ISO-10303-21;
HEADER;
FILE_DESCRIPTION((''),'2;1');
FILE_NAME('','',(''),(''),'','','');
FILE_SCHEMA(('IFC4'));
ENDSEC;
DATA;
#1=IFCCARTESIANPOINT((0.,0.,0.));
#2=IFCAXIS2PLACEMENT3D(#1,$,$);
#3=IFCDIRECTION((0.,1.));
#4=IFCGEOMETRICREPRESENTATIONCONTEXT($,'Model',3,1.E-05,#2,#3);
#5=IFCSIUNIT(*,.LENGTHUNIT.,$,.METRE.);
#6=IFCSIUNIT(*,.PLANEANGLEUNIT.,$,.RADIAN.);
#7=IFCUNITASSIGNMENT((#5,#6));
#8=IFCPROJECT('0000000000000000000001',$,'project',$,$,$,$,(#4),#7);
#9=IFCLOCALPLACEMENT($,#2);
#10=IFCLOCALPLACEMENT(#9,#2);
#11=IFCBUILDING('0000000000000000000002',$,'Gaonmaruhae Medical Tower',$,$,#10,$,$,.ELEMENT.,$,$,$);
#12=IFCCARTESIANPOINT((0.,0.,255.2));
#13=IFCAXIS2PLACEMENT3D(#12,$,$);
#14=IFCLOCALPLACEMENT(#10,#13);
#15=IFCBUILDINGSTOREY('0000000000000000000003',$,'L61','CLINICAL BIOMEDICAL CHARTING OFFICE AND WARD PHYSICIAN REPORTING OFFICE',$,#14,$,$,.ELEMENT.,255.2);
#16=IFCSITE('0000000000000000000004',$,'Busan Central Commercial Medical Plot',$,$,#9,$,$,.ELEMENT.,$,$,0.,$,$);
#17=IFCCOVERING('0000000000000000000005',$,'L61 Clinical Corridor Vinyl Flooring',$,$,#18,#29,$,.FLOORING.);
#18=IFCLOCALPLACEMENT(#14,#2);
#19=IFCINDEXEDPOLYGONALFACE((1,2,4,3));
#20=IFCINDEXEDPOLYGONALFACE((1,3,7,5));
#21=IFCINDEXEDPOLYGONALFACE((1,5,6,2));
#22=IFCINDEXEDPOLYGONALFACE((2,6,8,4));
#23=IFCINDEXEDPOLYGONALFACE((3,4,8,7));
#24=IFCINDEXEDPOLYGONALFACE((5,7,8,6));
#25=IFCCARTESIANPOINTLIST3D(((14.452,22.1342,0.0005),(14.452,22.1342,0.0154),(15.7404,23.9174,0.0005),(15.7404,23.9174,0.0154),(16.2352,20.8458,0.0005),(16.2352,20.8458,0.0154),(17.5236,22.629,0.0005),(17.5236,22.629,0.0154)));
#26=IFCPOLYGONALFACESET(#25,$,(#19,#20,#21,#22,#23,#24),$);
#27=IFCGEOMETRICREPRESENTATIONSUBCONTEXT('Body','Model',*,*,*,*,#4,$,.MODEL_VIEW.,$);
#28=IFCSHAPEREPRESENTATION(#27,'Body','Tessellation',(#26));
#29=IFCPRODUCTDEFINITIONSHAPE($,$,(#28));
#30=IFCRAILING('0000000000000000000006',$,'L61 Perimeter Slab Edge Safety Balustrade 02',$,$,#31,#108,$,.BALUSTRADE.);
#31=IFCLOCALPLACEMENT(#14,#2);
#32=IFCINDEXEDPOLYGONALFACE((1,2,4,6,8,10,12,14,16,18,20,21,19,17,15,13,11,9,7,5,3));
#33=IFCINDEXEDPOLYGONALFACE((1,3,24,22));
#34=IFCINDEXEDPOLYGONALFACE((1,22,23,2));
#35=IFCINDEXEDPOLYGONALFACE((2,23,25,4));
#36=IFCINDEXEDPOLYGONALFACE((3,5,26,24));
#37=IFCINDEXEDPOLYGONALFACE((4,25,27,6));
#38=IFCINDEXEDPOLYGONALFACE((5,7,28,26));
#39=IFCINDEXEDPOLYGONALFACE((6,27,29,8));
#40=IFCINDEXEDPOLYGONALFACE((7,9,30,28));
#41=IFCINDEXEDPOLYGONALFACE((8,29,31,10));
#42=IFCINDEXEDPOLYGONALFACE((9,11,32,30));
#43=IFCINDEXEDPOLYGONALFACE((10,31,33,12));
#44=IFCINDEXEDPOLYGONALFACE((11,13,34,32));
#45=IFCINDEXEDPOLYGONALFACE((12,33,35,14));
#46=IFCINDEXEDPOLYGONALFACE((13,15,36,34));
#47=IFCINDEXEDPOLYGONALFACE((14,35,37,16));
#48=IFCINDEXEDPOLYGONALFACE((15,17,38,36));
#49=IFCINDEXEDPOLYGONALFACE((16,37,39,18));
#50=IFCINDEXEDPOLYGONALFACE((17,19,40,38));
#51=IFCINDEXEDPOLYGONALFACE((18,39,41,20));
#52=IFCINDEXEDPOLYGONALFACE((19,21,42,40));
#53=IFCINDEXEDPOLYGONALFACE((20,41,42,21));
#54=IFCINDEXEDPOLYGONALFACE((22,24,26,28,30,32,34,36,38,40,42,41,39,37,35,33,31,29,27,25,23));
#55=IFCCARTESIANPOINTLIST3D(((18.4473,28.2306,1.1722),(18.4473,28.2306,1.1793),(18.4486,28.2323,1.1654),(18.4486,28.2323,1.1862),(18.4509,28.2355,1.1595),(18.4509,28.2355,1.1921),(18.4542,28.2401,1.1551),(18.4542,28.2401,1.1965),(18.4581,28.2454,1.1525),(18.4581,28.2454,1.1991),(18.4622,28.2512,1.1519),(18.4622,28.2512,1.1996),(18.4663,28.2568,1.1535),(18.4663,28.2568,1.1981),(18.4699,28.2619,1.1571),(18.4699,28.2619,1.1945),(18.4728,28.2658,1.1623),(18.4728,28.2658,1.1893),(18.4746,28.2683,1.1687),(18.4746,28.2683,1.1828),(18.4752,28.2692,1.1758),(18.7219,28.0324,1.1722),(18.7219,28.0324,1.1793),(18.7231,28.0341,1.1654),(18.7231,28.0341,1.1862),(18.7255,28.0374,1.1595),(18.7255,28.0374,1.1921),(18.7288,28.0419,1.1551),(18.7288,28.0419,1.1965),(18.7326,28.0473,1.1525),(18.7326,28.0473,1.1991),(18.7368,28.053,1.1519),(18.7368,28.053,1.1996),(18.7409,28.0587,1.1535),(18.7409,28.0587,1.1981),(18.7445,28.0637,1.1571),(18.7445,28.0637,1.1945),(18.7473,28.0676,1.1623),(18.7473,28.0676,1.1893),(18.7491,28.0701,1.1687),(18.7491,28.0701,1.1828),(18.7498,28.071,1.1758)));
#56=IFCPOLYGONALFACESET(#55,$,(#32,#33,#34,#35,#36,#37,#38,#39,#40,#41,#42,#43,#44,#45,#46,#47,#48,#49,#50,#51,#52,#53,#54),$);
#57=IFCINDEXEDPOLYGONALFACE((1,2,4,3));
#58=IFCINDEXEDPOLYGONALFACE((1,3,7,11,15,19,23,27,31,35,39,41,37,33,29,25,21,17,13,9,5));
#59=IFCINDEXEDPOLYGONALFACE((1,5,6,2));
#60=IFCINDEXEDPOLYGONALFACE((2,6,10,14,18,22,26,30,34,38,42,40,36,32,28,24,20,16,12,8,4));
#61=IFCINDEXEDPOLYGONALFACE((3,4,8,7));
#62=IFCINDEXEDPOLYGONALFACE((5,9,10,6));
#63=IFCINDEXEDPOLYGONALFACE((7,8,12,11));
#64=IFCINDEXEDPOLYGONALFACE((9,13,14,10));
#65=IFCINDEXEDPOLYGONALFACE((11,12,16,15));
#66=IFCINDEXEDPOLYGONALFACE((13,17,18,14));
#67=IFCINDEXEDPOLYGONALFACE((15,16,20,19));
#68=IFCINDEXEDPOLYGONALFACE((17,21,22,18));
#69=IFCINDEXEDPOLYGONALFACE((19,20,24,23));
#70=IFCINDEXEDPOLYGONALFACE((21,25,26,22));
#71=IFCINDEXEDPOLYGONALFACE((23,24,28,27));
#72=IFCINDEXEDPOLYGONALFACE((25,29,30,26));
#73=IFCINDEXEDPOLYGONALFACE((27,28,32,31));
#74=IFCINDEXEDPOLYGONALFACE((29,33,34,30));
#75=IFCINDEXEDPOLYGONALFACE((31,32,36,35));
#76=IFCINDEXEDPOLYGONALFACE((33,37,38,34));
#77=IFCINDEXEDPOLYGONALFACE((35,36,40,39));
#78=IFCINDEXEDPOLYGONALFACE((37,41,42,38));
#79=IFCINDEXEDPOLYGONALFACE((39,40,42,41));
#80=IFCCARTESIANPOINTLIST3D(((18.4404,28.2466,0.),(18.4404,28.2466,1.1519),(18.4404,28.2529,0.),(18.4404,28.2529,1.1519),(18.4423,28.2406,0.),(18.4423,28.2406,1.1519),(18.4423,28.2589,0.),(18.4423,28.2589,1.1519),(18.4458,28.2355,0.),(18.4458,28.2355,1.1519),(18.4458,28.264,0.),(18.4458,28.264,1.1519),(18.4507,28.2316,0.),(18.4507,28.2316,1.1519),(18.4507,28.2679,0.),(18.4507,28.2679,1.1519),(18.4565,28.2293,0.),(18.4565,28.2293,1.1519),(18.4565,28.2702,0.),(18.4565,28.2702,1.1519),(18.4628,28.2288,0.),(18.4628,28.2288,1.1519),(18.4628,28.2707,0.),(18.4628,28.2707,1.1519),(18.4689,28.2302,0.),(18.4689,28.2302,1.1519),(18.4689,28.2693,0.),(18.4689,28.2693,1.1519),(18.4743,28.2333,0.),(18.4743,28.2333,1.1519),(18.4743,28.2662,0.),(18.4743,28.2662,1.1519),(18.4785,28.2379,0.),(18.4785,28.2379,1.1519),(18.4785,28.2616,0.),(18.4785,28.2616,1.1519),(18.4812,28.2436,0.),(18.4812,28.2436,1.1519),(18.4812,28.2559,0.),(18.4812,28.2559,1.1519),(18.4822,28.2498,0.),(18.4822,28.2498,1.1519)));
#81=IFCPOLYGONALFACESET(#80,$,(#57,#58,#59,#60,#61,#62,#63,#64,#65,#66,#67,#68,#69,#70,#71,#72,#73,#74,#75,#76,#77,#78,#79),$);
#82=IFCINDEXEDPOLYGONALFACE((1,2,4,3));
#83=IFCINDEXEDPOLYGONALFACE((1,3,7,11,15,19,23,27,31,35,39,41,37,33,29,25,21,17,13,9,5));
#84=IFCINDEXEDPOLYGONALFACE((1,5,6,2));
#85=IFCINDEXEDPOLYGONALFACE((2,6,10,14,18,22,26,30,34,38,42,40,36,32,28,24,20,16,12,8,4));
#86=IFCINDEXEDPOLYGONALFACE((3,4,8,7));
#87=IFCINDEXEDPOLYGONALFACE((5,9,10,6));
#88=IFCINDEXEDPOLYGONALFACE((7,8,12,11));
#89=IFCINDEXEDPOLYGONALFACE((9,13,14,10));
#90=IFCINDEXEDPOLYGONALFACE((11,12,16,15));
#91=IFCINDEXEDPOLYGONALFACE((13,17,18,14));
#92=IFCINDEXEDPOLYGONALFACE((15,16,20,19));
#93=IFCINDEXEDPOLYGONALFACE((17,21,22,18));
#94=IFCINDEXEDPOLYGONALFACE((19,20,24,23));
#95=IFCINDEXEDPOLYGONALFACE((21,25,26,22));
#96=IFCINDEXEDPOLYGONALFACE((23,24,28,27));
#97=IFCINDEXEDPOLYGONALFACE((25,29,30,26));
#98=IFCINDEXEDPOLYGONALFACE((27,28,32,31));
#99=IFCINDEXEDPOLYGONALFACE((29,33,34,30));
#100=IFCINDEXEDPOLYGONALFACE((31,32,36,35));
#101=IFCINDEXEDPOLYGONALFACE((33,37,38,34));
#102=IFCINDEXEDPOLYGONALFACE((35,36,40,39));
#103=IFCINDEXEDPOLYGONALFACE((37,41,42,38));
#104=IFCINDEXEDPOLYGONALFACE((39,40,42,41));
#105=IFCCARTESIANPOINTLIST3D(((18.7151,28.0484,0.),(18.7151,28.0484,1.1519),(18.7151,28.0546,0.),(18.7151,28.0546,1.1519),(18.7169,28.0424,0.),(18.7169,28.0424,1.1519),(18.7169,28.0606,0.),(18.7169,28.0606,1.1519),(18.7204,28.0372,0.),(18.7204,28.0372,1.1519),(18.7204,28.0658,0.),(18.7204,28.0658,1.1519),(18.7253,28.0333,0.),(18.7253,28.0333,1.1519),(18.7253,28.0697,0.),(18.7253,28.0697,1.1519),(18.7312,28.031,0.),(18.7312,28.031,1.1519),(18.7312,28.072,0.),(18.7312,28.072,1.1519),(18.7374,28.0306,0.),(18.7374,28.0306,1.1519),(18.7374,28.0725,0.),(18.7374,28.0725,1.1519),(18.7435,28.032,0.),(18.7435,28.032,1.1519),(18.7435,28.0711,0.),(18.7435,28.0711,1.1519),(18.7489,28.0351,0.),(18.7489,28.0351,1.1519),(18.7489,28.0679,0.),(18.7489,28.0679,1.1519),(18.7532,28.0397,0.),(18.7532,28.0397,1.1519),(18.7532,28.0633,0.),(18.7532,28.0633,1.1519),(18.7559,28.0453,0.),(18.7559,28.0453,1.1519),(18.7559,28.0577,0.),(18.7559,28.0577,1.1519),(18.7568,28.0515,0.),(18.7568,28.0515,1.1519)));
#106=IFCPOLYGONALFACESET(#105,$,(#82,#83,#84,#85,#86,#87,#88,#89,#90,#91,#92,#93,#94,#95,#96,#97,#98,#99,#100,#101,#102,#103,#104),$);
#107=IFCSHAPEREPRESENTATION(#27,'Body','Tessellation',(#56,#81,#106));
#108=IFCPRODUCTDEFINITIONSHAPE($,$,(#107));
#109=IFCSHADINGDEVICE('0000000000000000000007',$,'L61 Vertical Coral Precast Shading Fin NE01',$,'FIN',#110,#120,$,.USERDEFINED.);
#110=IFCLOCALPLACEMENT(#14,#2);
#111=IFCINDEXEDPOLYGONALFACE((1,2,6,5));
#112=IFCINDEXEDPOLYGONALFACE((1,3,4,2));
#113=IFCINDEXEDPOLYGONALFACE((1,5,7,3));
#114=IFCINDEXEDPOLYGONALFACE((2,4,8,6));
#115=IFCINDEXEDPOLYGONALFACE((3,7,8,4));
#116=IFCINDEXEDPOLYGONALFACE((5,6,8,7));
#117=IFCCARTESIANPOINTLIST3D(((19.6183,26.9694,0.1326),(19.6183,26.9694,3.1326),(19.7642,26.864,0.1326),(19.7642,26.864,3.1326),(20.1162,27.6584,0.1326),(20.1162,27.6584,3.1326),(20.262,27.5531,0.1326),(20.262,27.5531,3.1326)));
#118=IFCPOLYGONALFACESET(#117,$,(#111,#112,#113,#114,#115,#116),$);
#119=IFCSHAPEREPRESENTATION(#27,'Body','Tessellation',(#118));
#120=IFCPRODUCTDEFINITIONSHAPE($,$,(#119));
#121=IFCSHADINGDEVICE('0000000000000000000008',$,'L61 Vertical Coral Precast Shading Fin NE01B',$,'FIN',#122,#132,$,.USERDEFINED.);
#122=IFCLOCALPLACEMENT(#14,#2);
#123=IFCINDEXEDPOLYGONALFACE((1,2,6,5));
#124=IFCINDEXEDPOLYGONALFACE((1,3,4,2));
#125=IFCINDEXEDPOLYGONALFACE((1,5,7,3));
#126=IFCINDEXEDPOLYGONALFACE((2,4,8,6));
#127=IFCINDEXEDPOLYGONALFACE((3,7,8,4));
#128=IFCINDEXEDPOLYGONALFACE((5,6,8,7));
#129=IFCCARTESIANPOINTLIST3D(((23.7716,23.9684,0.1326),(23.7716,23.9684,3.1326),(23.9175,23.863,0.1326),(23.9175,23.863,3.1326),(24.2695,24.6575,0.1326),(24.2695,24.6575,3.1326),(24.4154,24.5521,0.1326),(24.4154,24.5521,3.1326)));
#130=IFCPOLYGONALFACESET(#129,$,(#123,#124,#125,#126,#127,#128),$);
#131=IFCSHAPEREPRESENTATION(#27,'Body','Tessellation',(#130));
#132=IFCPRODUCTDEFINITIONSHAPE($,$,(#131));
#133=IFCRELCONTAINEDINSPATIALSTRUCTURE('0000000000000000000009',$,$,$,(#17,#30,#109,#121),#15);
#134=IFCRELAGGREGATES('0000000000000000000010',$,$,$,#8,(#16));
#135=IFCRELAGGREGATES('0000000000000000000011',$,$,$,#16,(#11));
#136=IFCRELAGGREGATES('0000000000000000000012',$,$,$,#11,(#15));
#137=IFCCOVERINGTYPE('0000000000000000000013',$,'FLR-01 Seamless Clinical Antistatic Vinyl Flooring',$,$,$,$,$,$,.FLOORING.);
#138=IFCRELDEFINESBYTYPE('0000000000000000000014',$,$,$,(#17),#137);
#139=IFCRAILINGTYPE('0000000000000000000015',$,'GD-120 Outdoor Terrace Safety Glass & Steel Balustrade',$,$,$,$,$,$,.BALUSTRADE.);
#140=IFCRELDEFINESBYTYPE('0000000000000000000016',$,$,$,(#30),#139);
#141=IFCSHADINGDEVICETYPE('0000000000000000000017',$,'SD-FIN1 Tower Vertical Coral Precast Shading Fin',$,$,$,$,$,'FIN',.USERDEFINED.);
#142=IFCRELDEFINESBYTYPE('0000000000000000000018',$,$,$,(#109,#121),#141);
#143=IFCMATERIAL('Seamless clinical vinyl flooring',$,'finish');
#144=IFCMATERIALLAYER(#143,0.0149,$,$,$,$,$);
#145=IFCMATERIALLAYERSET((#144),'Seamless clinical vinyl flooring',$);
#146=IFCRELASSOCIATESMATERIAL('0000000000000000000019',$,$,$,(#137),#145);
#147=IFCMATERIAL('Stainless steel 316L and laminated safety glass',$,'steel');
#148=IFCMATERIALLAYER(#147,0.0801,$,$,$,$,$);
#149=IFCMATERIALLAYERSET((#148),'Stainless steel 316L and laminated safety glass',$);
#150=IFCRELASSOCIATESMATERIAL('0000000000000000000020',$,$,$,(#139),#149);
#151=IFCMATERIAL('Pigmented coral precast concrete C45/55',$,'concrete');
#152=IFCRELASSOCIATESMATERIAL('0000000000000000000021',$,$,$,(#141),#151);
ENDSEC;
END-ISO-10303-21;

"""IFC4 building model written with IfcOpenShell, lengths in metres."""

from ifc_helpers import new_model, si_unit, direction, frame, origin, origin_2d, place, context, subcontext, project, spatial, rectangle, circle, extrude, material, layer, layer_set, type_object, element, save


model = new_model("IFC4")

# Units and contexts
model_context = context("Model", 3, precision=1e-05, world=origin(), true_north=direction((0.0, 1.0)))
body_context = subcontext(model_context, "Body", "Model", "MODEL_VIEW")
ifc_project = project(units=[si_unit("LENGTHUNIT", "METRE"), si_unit("PLANEANGLEUNIT", "RADIAN")], contexts=[model_context])

# Site, building, storey
site_placement = place(None, origin())
site = spatial("IfcSite", under=ifc_project, at=site_placement, Name="Busan Central Commercial Medical Plot", CompositionType="ELEMENT", RefElevation=0.0)
building_placement = place(site_placement, origin())
building = spatial("IfcBuilding", under=site, at=building_placement, Name="Gaonmaruhae Medical Tower", CompositionType="ELEMENT")
storey_placement = place(building_placement, frame((0.0, 0.0, 255.2)))
storey = spatial("IfcBuildingStorey", under=building, at=storey_placement, Name="L61", Description="CLINICAL BIOMEDICAL CHARTING OFFICE AND WARD PHYSICIAN REPORTING OFFICE", CompositionType="ELEMENT", Elevation=255.2)

# Covering
ifc_material_1 = material(Name="Seamless clinical vinyl flooring", Category="finish")
ifc_layer_1 = layer(ifc_material_1, 0.0149)
ifc_layer_set_1 = layer_set([ifc_layer_1], Name="Seamless clinical vinyl flooring")
covering_type_1 = type_object("IfcCoveringType", Name="FLR-01 Seamless Clinical Antistatic Vinyl Flooring", PredefinedType="FLOORING", material=ifc_layer_set_1)
covering_1_placement = place(storey_placement, frame((15.9878, 22.3816, 0.0005), z_axis=(0.0, 0.0, 1.0), x_axis=(0.585665, 0.810553, 0.0)))
element("IfcCovering", 1, at=covering_1_placement, inside=storey, type_object=covering_type_1, Name="L61 Clinical Corridor Vinyl Flooring", PredefinedType="FLOORING", context=body_context, shape_type="SweptSolid", body=[
    extrude(rectangle(XDim=2.2, YDim=2.2, at=origin_2d()), origin(), (0.0, 0.0, 1.0), 0.0149),
])

# Railing
ifc_material_2 = material(Name="Stainless steel 316L and laminated safety glass", Category="steel")
ifc_layer_2 = layer(ifc_material_2, 0.0801)
ifc_layer_set_2 = layer_set([ifc_layer_2], Name="Stainless steel 316L and laminated safety glass")
railing_type = type_object("IfcRailingType", Name="GD-120 Outdoor Terrace Safety Glass & Steel Balustrade", PredefinedType="BALUSTRADE", material=ifc_layer_set_2)
railing_placement = place(storey_placement, frame((18.4612, 28.2498, 0.0)))
element("IfcRailing", 2, at=railing_placement, inside=storey, type_object=railing_type, Name="L61 Perimeter Slab Edge Safety Balustrade 02", PredefinedType="BALUSTRADE", context=body_context, shape_type="SweptSolid", body=[
    extrude(circle(Radius=0.0239, at=origin_2d()), frame((0.0, 0.0, 1.1758), z_axis=(0.81085, -0.585254, 0.0), x_axis=(0.585254, 0.81085, 0.0)), (0.0, 0.0, 1.0), 0.3386),
    extrude(circle(Radius=0.021, at=origin_2d()), origin(), (0.0, 0.0, 1.0), 1.1519),
    extrude(circle(Radius=0.021, at=origin_2d()), frame((0.2747, -0.1982, 0.0)), (0.0, 0.0, 1.0), 1.1519),
])

# Shading devices
ifc_material_3 = material(Name="Pigmented coral precast concrete C45/55", Category="concrete")
shading_device_type = type_object("IfcShadingDeviceType", Name="SD-FIN1 Tower Vertical Coral Precast Shading Fin", ElementType="FIN", PredefinedType="USERDEFINED", material=ifc_material_3)
for number, where, z_axis, x_axis, name in (
    (3, (19.9402, 27.2612, 0.1326), (0.0, 0.0, 1.0), (0.810553, -0.585665, 0.0), "L61 Vertical Coral Precast Shading Fin NE01"),
    (4, (24.0935, 24.2603, 0.1326), (0.0, 0.0, 1.0), (0.810553, -0.585665, 0.0), "L61 Vertical Coral Precast Shading Fin NE01B"),
):
    element("IfcShadingDevice", number, at=place(storey_placement, frame(where, z_axis=z_axis, x_axis=x_axis)), inside=storey, type_object=shading_device_type, Name=name, ObjectType="FIN", PredefinedType="USERDEFINED", context=body_context, shape_type="SweptSolid", body=[
        extrude(rectangle(XDim=0.1799, YDim=0.8501, at=origin_2d()), origin(), (0.0, 0.0, 1.0), 3.0),
    ])

save(model, "model.ifc")
